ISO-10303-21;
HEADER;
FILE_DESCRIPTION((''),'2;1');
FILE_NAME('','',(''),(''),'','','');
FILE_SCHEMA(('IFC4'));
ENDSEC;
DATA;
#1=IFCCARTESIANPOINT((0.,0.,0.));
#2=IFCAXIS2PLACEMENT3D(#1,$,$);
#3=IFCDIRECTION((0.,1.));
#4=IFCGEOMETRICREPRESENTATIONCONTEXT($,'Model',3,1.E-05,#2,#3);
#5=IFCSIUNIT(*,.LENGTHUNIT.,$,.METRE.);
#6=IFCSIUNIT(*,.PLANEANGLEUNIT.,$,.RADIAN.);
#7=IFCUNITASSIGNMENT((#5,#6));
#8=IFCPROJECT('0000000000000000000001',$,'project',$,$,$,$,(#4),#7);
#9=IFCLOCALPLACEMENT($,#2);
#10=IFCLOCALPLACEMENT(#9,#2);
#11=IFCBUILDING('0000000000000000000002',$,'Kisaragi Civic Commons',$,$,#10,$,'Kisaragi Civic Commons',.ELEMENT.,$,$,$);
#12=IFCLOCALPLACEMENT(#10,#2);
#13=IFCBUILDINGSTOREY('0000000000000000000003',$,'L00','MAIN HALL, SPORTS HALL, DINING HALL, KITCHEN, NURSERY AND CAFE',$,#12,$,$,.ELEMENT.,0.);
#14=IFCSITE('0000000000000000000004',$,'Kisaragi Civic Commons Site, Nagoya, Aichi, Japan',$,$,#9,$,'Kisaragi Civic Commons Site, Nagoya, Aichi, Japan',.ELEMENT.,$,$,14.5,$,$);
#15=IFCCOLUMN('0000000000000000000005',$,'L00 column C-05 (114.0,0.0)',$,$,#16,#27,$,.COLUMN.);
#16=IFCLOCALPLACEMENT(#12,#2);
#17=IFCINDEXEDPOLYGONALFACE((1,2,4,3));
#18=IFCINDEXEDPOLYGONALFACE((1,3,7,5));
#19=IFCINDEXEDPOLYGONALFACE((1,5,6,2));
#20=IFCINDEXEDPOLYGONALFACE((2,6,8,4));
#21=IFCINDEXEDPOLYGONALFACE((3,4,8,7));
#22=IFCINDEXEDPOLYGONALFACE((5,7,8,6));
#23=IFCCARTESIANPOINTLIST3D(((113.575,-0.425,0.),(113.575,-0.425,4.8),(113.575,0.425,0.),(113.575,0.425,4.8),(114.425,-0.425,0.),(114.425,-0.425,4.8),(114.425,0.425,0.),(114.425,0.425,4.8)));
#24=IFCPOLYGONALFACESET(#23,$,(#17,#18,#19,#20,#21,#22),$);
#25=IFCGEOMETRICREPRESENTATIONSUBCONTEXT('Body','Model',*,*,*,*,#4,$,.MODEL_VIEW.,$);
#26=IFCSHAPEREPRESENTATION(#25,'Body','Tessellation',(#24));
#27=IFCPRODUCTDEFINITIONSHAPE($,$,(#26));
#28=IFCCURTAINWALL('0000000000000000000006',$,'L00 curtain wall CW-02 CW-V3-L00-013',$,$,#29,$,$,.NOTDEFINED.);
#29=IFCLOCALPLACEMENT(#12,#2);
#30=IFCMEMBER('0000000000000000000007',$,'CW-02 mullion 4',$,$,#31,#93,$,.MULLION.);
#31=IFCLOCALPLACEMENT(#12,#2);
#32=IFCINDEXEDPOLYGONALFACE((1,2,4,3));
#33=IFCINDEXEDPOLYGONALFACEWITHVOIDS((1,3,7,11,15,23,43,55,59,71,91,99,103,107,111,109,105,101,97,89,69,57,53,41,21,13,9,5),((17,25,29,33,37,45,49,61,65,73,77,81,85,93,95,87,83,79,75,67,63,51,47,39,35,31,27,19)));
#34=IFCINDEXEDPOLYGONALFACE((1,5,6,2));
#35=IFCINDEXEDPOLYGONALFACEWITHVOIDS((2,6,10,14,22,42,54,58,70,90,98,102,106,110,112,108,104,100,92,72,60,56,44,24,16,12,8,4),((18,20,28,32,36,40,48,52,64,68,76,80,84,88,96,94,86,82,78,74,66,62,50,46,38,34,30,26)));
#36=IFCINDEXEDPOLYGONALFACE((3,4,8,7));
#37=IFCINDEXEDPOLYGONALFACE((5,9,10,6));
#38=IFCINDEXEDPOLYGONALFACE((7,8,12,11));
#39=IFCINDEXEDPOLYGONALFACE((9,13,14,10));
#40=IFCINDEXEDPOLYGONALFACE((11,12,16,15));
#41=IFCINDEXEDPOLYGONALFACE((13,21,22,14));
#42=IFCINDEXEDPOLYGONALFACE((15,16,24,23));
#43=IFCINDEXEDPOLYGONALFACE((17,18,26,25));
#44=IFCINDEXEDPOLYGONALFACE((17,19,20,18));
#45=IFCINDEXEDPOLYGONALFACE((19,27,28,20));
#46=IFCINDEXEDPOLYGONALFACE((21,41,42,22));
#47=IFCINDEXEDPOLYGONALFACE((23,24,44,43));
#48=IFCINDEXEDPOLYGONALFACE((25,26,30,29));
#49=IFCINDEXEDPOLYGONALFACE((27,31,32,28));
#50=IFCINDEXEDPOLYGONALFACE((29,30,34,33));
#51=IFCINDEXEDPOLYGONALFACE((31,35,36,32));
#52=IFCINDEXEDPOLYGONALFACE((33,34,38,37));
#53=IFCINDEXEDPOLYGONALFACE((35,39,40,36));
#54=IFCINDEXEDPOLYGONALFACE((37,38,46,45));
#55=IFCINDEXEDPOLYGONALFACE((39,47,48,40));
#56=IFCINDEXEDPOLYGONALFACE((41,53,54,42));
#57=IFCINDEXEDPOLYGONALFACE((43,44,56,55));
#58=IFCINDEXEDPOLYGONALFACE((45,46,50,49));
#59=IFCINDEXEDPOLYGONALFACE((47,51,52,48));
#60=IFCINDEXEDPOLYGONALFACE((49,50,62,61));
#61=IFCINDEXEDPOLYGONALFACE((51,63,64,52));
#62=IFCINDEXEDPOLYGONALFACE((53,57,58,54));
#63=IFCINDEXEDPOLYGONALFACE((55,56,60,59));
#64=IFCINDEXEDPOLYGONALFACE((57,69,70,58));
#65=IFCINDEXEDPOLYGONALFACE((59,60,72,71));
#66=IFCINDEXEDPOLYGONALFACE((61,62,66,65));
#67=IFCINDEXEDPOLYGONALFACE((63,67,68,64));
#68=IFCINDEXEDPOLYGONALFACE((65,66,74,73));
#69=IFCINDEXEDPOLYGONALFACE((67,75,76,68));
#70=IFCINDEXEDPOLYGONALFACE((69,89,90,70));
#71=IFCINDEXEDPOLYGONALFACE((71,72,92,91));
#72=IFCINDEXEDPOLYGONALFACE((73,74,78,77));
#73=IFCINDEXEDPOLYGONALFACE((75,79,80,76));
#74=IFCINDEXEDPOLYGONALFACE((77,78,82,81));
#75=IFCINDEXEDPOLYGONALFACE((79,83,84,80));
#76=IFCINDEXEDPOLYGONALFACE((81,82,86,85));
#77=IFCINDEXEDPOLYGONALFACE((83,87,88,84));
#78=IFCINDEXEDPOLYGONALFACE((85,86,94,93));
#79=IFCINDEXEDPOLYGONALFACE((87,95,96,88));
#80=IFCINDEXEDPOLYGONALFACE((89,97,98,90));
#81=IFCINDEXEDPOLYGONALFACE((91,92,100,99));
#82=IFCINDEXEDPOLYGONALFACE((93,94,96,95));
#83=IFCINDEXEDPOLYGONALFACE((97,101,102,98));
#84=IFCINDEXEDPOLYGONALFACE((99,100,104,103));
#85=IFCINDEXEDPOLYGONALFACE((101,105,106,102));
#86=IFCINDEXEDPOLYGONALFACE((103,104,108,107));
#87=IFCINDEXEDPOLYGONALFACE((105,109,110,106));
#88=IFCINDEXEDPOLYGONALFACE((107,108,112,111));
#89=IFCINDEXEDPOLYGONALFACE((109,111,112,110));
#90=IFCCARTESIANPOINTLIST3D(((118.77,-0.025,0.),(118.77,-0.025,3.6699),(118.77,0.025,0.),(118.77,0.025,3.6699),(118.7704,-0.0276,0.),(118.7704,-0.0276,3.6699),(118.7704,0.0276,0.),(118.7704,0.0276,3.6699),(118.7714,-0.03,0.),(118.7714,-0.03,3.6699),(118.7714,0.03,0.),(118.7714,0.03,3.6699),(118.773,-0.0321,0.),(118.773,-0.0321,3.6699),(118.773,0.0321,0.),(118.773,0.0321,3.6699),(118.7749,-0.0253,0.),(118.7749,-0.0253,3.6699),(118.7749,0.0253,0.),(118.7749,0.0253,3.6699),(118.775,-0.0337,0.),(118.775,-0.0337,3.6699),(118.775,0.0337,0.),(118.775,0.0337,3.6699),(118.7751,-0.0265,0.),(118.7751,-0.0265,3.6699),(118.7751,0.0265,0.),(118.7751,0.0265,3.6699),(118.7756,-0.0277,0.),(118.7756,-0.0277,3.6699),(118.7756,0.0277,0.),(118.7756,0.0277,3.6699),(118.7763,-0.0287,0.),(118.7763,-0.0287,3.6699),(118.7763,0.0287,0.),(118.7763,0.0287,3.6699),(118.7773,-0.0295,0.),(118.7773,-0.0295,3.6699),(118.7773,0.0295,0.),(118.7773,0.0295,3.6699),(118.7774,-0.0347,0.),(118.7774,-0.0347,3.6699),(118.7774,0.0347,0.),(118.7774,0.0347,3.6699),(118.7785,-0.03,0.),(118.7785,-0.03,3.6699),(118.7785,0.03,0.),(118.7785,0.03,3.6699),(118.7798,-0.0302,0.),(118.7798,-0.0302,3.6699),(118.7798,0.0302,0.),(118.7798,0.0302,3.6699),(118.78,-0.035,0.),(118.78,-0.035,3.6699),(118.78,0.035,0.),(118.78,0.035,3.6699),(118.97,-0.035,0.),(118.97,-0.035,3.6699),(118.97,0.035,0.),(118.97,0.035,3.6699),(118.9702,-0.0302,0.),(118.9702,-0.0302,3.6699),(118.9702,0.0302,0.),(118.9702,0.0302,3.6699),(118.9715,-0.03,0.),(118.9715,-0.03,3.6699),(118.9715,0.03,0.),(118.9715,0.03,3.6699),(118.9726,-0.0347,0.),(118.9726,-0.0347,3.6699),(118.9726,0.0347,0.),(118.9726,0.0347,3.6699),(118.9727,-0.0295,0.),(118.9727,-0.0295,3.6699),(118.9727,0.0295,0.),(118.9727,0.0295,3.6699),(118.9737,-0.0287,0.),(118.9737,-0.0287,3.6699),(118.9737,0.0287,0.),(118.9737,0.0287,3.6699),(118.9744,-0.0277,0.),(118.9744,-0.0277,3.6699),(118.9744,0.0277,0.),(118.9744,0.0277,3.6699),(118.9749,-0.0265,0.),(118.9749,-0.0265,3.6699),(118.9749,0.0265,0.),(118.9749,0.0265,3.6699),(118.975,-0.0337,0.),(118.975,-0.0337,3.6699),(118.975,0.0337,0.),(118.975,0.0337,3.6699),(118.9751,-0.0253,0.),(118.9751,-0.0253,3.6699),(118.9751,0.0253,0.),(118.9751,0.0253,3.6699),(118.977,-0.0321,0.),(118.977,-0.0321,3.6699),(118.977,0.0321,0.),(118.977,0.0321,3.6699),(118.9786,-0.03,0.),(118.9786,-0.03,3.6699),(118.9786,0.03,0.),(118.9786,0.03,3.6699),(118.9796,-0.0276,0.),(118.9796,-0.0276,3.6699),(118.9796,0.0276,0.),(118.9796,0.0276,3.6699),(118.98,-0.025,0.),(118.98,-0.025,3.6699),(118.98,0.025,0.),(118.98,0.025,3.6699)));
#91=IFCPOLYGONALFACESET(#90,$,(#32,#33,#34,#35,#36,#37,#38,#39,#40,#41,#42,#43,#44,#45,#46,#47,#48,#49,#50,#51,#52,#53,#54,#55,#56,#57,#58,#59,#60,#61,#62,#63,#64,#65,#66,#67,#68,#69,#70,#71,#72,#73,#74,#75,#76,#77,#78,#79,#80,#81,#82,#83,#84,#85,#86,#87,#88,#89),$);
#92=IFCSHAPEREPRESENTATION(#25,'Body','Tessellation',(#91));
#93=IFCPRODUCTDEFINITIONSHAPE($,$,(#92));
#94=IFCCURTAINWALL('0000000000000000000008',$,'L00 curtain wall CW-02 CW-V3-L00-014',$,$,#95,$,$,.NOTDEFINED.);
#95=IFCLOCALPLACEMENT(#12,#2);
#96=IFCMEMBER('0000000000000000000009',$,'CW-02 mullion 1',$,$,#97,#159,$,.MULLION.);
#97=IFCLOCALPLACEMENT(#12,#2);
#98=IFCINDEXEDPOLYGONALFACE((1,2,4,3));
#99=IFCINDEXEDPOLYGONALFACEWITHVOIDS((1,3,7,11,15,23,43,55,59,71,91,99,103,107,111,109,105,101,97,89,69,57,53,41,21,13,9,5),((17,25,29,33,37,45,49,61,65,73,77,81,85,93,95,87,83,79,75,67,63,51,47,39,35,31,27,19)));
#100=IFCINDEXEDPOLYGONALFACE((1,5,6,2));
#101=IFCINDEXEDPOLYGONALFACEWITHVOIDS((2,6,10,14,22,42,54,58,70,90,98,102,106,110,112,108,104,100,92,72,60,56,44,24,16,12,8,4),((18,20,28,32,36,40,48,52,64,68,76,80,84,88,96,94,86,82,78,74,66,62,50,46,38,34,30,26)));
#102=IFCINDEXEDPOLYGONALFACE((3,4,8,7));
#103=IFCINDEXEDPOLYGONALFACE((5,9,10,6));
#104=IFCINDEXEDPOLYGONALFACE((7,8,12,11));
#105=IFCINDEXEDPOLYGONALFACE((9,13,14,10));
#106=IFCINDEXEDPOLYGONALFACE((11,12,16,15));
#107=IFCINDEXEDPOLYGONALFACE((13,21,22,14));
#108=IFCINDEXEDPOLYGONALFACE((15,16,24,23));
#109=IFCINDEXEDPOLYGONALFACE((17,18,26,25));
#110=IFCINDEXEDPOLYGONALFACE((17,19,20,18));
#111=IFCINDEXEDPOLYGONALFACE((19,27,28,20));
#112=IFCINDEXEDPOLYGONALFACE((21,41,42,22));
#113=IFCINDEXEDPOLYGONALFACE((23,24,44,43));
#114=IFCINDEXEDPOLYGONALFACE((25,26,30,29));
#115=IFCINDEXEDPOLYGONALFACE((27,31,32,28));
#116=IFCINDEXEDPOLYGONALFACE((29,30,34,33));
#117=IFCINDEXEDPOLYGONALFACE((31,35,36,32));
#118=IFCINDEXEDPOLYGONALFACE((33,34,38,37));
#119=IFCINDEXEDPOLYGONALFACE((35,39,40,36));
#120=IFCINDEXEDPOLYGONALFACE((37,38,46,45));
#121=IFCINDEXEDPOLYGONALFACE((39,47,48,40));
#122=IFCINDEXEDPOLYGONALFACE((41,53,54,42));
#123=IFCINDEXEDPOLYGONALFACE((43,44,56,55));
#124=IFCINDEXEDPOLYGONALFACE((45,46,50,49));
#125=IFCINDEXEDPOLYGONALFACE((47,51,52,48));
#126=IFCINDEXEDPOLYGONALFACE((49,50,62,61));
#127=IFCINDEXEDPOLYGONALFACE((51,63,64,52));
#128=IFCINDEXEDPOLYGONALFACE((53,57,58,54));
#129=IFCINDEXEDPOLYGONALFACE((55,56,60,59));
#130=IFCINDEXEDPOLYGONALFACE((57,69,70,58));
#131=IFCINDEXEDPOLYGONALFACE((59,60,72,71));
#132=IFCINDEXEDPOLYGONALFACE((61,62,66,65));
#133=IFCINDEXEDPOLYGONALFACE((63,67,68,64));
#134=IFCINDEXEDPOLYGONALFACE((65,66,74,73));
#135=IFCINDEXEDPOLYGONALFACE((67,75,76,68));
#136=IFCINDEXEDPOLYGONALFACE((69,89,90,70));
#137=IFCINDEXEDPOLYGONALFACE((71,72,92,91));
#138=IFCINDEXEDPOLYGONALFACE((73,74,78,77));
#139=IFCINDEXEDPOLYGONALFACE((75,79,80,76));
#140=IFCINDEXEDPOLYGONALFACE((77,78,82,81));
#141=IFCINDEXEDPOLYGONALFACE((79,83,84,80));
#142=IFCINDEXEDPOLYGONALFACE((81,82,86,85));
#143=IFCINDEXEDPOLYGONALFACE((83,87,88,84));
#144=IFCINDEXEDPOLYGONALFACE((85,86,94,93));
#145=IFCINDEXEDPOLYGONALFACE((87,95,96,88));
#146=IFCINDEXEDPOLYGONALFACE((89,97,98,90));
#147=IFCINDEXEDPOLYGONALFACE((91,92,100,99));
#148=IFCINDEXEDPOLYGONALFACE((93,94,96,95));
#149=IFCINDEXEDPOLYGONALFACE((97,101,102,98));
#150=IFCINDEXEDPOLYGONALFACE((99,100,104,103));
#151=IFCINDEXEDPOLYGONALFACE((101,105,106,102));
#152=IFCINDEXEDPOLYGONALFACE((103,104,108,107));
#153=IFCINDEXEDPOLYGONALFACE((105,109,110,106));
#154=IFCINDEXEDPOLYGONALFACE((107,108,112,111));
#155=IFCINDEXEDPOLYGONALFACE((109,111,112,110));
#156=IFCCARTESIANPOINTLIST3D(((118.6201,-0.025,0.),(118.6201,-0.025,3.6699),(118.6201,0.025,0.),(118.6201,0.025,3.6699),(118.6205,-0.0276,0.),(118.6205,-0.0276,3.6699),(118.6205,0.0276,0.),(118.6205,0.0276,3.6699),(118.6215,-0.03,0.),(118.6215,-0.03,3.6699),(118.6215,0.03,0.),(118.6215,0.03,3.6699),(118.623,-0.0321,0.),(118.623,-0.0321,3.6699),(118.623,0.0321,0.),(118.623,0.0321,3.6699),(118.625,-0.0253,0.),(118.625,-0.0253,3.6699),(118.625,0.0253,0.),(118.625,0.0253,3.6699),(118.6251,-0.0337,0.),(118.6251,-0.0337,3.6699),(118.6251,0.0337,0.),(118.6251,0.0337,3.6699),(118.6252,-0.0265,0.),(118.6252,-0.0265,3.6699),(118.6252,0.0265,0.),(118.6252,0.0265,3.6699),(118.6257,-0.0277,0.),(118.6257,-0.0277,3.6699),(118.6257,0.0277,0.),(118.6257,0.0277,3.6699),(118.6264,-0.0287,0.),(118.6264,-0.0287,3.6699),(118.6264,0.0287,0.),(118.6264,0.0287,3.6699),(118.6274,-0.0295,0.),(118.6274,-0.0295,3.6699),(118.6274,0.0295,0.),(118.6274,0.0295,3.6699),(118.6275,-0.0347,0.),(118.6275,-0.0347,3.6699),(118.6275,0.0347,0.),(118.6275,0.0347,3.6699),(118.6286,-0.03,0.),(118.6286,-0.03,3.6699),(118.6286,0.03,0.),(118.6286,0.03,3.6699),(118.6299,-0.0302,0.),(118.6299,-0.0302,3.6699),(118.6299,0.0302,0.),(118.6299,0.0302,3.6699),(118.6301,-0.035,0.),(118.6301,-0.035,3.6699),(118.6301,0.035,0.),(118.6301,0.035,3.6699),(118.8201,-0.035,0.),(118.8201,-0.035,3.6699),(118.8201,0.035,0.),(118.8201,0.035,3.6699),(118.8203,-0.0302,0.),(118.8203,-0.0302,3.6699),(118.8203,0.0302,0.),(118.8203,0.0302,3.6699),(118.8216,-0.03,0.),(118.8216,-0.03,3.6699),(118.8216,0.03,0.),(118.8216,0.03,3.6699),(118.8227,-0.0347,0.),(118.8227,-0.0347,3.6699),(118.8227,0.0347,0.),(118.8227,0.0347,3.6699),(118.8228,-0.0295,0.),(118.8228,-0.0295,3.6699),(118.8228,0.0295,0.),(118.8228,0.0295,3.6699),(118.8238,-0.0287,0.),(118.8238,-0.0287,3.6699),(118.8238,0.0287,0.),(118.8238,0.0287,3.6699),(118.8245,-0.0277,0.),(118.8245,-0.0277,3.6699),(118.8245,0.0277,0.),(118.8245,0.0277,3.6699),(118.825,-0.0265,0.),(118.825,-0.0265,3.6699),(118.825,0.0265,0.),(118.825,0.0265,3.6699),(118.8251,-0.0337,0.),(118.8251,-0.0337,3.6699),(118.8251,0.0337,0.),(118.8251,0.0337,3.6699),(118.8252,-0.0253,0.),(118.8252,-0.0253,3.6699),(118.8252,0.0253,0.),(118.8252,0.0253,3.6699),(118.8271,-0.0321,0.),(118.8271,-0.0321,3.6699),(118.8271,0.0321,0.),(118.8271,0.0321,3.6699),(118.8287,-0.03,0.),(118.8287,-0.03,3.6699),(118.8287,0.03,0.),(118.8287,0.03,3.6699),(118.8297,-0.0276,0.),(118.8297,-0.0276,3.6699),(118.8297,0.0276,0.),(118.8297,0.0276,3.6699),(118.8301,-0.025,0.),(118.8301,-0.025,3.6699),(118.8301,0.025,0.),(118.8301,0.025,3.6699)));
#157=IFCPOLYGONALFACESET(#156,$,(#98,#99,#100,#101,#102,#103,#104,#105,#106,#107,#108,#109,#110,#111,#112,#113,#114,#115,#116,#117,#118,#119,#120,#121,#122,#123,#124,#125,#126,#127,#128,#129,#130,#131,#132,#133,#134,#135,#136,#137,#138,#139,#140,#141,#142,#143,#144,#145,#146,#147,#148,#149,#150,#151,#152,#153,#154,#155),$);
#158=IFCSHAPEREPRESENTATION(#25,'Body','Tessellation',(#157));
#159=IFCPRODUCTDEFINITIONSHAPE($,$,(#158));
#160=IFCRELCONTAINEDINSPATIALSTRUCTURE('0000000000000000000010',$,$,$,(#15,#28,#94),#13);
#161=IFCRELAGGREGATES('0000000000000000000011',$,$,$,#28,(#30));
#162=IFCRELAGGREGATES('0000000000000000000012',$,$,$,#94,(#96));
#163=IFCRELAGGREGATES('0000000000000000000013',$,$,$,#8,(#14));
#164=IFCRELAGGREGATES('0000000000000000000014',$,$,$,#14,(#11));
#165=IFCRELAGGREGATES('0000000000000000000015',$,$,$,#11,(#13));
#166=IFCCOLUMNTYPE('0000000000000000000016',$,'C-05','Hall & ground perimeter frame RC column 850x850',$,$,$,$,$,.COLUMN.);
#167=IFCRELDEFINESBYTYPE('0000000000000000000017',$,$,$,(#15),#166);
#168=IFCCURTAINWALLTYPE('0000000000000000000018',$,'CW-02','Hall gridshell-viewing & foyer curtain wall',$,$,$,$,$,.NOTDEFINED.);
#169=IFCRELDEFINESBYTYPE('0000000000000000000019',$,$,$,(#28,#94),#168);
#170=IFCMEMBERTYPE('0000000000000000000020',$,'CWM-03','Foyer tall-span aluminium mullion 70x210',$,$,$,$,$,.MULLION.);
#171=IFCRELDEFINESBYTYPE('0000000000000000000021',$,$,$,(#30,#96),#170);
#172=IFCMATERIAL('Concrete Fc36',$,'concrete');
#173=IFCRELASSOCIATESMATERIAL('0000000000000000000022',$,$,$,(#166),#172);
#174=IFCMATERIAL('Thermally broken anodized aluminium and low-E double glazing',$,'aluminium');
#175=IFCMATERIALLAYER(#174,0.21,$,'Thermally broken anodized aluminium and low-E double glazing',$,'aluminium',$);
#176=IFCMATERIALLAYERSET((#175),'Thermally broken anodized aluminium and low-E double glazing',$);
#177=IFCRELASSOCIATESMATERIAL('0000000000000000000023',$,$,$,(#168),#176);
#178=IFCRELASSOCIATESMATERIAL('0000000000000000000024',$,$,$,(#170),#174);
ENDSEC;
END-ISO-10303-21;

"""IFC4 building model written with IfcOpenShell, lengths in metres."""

from ifc_helpers import new_model, si_unit, direction, frame, origin, origin_2d, place, context, subcontext, project, spatial, rectangle, hollow_rectangle, extrude, material, layer, layer_set, material_profile, profile_set, type_object, element, aggregate, save


model = new_model("IFC4")

# Units and contexts
model_context = context("Model", 3, precision=1e-05, world=origin(), true_north=direction((0.0, 1.0)))
body_context = subcontext(model_context, "Body", "Model", "MODEL_VIEW")
ifc_project = project(units=[si_unit("LENGTHUNIT", "METRE"), si_unit("PLANEANGLEUNIT", "RADIAN")], contexts=[model_context])

# Site, building, storey
site_placement = place(None, origin())
site = spatial("IfcSite", under=ifc_project, at=site_placement, Name="Kisaragi Civic Commons Site, Nagoya, Aichi, Japan", LongName="Kisaragi Civic Commons Site, Nagoya, Aichi, Japan", CompositionType="ELEMENT", RefElevation=14.5)
building_placement = place(site_placement, origin())
building = spatial("IfcBuilding", under=site, at=building_placement, Name="Kisaragi Civic Commons", LongName="Kisaragi Civic Commons", CompositionType="ELEMENT")
storey_placement = place(building_placement, origin())
storey = spatial("IfcBuildingStorey", under=building, at=storey_placement, Name="L00", Description="MAIN HALL, SPORTS HALL, DINING HALL, KITCHEN, NURSERY AND CAFE", CompositionType="ELEMENT", Elevation=0.0)

# Column
ifc_material_1 = material(Name="Concrete Fc36", Category="concrete")
ifc_material_profile_1 = material_profile(ifc_material_1, rectangle(XDim=0.8501, YDim=0.8501, at=origin_2d()), Name="RC-850x850", Category="concrete")
ifc_profile_set_1 = profile_set([ifc_material_profile_1], Name="Concrete Fc36")
column_type = type_object("IfcColumnType", Name="C-05", Description="Hall & ground perimeter frame RC column 850x850", PredefinedType="COLUMN", material=ifc_profile_set_1)
column_placement = place(storey_placement, frame((114.0, 0.0, 0.0), z_axis=(0.0, 0.0, 1.0), x_axis=(1.0, 0.0, 0.0)))
element("IfcColumn", 1, at=column_placement, inside=storey, type_object=column_type, Name="L00 column C-05 (114.0,0.0)", PredefinedType="COLUMN", context=body_context, shape_type="SweptSolid", body=[
    extrude(rectangle(XDim=0.8501, YDim=0.8501, at=origin_2d()), origin(), (0.0, 0.0, 1.0), 4.8),
])

# Curtain wall, member
ifc_material_2 = material(Name="Thermally broken anodized aluminium and low-E double glazing", Category="aluminium")
ifc_layer_1 = layer(ifc_material_2, 0.21, Name="Thermally broken anodized aluminium and low-E double glazing", Category="aluminium")
ifc_layer_set_1 = layer_set([ifc_layer_1], Name="Thermally broken anodized aluminium and low-E double glazing")
curtain_wall_type = type_object("IfcCurtainWallType", Name="CW-02", Description="Hall gridshell-viewing & foyer curtain wall", PredefinedType="NOTDEFINED", material=ifc_layer_set_1)
curtain_wall_1_placement = place(storey_placement, origin())
curtain_wall_1 = element("IfcCurtainWall", 2, at=curtain_wall_1_placement, inside=storey, type_object=curtain_wall_type, Name="L00 curtain wall CW-02 CW-V3-L00-013", PredefinedType="NOTDEFINED")
ifc_material_profile_2 = material_profile(ifc_material_2, hollow_rectangle(XDim=0.0701, YDim=0.21, WallThickness=0.0049, InnerFilletRadius=0.0049, OuterFilletRadius=0.01, at=origin_2d()), Name="CWM-70x210x5", Category="aluminium")
ifc_profile_set_2 = profile_set([ifc_material_profile_2], Name="Thermally broken anodized aluminium and low-E double glazing")
member_type_1 = type_object("IfcMemberType", Name="CWM-03", Description="Foyer tall-span aluminium mullion 70x210", PredefinedType="MULLION", material=ifc_profile_set_2)
member_1_placement = place(storey_placement, frame((118.875, 0.0, 0.0), z_axis=(0.0, 0.0, 1.0), x_axis=(0.0, -1.0, 0.0)))
member_1 = element("IfcMember", 3, at=member_1_placement, type_object=member_type_1, Name="CW-02 mullion 4", PredefinedType="MULLION", context=body_context, shape_type="SweptSolid", body=[
    extrude(hollow_rectangle(XDim=0.0701, YDim=0.21, WallThickness=0.0049, InnerFilletRadius=0.0049, OuterFilletRadius=0.01, at=origin_2d()), origin(), (0.0, 0.0, 1.0), 3.6699),
])

# Curtain wall, member
curtain_wall_2_placement = place(storey_placement, origin())
curtain_wall_2 = element("IfcCurtainWall", 4, at=curtain_wall_2_placement, inside=storey, type_object=curtain_wall_type, Name="L00 curtain wall CW-02 CW-V3-L00-014", PredefinedType="NOTDEFINED")
member_2_placement = place(storey_placement, frame((118.7251, 0.0, 0.0), z_axis=(0.0, 0.0, 1.0), x_axis=(0.0, -1.0, 0.0)))
member_2 = element("IfcMember", 5, at=member_2_placement, type_object=member_type_1, Name="CW-02 mullion 1", PredefinedType="MULLION", context=body_context, shape_type="SweptSolid", body=[
    extrude(hollow_rectangle(XDim=0.0701, YDim=0.21, WallThickness=0.0049, InnerFilletRadius=0.0049, OuterFilletRadius=0.01, at=origin_2d()), origin(), (0.0, 0.0, 1.0), 3.6699),
])

aggregate(curtain_wall_1, [member_1])
aggregate(curtain_wall_2, [member_2])

save(model, "model.ifc")
